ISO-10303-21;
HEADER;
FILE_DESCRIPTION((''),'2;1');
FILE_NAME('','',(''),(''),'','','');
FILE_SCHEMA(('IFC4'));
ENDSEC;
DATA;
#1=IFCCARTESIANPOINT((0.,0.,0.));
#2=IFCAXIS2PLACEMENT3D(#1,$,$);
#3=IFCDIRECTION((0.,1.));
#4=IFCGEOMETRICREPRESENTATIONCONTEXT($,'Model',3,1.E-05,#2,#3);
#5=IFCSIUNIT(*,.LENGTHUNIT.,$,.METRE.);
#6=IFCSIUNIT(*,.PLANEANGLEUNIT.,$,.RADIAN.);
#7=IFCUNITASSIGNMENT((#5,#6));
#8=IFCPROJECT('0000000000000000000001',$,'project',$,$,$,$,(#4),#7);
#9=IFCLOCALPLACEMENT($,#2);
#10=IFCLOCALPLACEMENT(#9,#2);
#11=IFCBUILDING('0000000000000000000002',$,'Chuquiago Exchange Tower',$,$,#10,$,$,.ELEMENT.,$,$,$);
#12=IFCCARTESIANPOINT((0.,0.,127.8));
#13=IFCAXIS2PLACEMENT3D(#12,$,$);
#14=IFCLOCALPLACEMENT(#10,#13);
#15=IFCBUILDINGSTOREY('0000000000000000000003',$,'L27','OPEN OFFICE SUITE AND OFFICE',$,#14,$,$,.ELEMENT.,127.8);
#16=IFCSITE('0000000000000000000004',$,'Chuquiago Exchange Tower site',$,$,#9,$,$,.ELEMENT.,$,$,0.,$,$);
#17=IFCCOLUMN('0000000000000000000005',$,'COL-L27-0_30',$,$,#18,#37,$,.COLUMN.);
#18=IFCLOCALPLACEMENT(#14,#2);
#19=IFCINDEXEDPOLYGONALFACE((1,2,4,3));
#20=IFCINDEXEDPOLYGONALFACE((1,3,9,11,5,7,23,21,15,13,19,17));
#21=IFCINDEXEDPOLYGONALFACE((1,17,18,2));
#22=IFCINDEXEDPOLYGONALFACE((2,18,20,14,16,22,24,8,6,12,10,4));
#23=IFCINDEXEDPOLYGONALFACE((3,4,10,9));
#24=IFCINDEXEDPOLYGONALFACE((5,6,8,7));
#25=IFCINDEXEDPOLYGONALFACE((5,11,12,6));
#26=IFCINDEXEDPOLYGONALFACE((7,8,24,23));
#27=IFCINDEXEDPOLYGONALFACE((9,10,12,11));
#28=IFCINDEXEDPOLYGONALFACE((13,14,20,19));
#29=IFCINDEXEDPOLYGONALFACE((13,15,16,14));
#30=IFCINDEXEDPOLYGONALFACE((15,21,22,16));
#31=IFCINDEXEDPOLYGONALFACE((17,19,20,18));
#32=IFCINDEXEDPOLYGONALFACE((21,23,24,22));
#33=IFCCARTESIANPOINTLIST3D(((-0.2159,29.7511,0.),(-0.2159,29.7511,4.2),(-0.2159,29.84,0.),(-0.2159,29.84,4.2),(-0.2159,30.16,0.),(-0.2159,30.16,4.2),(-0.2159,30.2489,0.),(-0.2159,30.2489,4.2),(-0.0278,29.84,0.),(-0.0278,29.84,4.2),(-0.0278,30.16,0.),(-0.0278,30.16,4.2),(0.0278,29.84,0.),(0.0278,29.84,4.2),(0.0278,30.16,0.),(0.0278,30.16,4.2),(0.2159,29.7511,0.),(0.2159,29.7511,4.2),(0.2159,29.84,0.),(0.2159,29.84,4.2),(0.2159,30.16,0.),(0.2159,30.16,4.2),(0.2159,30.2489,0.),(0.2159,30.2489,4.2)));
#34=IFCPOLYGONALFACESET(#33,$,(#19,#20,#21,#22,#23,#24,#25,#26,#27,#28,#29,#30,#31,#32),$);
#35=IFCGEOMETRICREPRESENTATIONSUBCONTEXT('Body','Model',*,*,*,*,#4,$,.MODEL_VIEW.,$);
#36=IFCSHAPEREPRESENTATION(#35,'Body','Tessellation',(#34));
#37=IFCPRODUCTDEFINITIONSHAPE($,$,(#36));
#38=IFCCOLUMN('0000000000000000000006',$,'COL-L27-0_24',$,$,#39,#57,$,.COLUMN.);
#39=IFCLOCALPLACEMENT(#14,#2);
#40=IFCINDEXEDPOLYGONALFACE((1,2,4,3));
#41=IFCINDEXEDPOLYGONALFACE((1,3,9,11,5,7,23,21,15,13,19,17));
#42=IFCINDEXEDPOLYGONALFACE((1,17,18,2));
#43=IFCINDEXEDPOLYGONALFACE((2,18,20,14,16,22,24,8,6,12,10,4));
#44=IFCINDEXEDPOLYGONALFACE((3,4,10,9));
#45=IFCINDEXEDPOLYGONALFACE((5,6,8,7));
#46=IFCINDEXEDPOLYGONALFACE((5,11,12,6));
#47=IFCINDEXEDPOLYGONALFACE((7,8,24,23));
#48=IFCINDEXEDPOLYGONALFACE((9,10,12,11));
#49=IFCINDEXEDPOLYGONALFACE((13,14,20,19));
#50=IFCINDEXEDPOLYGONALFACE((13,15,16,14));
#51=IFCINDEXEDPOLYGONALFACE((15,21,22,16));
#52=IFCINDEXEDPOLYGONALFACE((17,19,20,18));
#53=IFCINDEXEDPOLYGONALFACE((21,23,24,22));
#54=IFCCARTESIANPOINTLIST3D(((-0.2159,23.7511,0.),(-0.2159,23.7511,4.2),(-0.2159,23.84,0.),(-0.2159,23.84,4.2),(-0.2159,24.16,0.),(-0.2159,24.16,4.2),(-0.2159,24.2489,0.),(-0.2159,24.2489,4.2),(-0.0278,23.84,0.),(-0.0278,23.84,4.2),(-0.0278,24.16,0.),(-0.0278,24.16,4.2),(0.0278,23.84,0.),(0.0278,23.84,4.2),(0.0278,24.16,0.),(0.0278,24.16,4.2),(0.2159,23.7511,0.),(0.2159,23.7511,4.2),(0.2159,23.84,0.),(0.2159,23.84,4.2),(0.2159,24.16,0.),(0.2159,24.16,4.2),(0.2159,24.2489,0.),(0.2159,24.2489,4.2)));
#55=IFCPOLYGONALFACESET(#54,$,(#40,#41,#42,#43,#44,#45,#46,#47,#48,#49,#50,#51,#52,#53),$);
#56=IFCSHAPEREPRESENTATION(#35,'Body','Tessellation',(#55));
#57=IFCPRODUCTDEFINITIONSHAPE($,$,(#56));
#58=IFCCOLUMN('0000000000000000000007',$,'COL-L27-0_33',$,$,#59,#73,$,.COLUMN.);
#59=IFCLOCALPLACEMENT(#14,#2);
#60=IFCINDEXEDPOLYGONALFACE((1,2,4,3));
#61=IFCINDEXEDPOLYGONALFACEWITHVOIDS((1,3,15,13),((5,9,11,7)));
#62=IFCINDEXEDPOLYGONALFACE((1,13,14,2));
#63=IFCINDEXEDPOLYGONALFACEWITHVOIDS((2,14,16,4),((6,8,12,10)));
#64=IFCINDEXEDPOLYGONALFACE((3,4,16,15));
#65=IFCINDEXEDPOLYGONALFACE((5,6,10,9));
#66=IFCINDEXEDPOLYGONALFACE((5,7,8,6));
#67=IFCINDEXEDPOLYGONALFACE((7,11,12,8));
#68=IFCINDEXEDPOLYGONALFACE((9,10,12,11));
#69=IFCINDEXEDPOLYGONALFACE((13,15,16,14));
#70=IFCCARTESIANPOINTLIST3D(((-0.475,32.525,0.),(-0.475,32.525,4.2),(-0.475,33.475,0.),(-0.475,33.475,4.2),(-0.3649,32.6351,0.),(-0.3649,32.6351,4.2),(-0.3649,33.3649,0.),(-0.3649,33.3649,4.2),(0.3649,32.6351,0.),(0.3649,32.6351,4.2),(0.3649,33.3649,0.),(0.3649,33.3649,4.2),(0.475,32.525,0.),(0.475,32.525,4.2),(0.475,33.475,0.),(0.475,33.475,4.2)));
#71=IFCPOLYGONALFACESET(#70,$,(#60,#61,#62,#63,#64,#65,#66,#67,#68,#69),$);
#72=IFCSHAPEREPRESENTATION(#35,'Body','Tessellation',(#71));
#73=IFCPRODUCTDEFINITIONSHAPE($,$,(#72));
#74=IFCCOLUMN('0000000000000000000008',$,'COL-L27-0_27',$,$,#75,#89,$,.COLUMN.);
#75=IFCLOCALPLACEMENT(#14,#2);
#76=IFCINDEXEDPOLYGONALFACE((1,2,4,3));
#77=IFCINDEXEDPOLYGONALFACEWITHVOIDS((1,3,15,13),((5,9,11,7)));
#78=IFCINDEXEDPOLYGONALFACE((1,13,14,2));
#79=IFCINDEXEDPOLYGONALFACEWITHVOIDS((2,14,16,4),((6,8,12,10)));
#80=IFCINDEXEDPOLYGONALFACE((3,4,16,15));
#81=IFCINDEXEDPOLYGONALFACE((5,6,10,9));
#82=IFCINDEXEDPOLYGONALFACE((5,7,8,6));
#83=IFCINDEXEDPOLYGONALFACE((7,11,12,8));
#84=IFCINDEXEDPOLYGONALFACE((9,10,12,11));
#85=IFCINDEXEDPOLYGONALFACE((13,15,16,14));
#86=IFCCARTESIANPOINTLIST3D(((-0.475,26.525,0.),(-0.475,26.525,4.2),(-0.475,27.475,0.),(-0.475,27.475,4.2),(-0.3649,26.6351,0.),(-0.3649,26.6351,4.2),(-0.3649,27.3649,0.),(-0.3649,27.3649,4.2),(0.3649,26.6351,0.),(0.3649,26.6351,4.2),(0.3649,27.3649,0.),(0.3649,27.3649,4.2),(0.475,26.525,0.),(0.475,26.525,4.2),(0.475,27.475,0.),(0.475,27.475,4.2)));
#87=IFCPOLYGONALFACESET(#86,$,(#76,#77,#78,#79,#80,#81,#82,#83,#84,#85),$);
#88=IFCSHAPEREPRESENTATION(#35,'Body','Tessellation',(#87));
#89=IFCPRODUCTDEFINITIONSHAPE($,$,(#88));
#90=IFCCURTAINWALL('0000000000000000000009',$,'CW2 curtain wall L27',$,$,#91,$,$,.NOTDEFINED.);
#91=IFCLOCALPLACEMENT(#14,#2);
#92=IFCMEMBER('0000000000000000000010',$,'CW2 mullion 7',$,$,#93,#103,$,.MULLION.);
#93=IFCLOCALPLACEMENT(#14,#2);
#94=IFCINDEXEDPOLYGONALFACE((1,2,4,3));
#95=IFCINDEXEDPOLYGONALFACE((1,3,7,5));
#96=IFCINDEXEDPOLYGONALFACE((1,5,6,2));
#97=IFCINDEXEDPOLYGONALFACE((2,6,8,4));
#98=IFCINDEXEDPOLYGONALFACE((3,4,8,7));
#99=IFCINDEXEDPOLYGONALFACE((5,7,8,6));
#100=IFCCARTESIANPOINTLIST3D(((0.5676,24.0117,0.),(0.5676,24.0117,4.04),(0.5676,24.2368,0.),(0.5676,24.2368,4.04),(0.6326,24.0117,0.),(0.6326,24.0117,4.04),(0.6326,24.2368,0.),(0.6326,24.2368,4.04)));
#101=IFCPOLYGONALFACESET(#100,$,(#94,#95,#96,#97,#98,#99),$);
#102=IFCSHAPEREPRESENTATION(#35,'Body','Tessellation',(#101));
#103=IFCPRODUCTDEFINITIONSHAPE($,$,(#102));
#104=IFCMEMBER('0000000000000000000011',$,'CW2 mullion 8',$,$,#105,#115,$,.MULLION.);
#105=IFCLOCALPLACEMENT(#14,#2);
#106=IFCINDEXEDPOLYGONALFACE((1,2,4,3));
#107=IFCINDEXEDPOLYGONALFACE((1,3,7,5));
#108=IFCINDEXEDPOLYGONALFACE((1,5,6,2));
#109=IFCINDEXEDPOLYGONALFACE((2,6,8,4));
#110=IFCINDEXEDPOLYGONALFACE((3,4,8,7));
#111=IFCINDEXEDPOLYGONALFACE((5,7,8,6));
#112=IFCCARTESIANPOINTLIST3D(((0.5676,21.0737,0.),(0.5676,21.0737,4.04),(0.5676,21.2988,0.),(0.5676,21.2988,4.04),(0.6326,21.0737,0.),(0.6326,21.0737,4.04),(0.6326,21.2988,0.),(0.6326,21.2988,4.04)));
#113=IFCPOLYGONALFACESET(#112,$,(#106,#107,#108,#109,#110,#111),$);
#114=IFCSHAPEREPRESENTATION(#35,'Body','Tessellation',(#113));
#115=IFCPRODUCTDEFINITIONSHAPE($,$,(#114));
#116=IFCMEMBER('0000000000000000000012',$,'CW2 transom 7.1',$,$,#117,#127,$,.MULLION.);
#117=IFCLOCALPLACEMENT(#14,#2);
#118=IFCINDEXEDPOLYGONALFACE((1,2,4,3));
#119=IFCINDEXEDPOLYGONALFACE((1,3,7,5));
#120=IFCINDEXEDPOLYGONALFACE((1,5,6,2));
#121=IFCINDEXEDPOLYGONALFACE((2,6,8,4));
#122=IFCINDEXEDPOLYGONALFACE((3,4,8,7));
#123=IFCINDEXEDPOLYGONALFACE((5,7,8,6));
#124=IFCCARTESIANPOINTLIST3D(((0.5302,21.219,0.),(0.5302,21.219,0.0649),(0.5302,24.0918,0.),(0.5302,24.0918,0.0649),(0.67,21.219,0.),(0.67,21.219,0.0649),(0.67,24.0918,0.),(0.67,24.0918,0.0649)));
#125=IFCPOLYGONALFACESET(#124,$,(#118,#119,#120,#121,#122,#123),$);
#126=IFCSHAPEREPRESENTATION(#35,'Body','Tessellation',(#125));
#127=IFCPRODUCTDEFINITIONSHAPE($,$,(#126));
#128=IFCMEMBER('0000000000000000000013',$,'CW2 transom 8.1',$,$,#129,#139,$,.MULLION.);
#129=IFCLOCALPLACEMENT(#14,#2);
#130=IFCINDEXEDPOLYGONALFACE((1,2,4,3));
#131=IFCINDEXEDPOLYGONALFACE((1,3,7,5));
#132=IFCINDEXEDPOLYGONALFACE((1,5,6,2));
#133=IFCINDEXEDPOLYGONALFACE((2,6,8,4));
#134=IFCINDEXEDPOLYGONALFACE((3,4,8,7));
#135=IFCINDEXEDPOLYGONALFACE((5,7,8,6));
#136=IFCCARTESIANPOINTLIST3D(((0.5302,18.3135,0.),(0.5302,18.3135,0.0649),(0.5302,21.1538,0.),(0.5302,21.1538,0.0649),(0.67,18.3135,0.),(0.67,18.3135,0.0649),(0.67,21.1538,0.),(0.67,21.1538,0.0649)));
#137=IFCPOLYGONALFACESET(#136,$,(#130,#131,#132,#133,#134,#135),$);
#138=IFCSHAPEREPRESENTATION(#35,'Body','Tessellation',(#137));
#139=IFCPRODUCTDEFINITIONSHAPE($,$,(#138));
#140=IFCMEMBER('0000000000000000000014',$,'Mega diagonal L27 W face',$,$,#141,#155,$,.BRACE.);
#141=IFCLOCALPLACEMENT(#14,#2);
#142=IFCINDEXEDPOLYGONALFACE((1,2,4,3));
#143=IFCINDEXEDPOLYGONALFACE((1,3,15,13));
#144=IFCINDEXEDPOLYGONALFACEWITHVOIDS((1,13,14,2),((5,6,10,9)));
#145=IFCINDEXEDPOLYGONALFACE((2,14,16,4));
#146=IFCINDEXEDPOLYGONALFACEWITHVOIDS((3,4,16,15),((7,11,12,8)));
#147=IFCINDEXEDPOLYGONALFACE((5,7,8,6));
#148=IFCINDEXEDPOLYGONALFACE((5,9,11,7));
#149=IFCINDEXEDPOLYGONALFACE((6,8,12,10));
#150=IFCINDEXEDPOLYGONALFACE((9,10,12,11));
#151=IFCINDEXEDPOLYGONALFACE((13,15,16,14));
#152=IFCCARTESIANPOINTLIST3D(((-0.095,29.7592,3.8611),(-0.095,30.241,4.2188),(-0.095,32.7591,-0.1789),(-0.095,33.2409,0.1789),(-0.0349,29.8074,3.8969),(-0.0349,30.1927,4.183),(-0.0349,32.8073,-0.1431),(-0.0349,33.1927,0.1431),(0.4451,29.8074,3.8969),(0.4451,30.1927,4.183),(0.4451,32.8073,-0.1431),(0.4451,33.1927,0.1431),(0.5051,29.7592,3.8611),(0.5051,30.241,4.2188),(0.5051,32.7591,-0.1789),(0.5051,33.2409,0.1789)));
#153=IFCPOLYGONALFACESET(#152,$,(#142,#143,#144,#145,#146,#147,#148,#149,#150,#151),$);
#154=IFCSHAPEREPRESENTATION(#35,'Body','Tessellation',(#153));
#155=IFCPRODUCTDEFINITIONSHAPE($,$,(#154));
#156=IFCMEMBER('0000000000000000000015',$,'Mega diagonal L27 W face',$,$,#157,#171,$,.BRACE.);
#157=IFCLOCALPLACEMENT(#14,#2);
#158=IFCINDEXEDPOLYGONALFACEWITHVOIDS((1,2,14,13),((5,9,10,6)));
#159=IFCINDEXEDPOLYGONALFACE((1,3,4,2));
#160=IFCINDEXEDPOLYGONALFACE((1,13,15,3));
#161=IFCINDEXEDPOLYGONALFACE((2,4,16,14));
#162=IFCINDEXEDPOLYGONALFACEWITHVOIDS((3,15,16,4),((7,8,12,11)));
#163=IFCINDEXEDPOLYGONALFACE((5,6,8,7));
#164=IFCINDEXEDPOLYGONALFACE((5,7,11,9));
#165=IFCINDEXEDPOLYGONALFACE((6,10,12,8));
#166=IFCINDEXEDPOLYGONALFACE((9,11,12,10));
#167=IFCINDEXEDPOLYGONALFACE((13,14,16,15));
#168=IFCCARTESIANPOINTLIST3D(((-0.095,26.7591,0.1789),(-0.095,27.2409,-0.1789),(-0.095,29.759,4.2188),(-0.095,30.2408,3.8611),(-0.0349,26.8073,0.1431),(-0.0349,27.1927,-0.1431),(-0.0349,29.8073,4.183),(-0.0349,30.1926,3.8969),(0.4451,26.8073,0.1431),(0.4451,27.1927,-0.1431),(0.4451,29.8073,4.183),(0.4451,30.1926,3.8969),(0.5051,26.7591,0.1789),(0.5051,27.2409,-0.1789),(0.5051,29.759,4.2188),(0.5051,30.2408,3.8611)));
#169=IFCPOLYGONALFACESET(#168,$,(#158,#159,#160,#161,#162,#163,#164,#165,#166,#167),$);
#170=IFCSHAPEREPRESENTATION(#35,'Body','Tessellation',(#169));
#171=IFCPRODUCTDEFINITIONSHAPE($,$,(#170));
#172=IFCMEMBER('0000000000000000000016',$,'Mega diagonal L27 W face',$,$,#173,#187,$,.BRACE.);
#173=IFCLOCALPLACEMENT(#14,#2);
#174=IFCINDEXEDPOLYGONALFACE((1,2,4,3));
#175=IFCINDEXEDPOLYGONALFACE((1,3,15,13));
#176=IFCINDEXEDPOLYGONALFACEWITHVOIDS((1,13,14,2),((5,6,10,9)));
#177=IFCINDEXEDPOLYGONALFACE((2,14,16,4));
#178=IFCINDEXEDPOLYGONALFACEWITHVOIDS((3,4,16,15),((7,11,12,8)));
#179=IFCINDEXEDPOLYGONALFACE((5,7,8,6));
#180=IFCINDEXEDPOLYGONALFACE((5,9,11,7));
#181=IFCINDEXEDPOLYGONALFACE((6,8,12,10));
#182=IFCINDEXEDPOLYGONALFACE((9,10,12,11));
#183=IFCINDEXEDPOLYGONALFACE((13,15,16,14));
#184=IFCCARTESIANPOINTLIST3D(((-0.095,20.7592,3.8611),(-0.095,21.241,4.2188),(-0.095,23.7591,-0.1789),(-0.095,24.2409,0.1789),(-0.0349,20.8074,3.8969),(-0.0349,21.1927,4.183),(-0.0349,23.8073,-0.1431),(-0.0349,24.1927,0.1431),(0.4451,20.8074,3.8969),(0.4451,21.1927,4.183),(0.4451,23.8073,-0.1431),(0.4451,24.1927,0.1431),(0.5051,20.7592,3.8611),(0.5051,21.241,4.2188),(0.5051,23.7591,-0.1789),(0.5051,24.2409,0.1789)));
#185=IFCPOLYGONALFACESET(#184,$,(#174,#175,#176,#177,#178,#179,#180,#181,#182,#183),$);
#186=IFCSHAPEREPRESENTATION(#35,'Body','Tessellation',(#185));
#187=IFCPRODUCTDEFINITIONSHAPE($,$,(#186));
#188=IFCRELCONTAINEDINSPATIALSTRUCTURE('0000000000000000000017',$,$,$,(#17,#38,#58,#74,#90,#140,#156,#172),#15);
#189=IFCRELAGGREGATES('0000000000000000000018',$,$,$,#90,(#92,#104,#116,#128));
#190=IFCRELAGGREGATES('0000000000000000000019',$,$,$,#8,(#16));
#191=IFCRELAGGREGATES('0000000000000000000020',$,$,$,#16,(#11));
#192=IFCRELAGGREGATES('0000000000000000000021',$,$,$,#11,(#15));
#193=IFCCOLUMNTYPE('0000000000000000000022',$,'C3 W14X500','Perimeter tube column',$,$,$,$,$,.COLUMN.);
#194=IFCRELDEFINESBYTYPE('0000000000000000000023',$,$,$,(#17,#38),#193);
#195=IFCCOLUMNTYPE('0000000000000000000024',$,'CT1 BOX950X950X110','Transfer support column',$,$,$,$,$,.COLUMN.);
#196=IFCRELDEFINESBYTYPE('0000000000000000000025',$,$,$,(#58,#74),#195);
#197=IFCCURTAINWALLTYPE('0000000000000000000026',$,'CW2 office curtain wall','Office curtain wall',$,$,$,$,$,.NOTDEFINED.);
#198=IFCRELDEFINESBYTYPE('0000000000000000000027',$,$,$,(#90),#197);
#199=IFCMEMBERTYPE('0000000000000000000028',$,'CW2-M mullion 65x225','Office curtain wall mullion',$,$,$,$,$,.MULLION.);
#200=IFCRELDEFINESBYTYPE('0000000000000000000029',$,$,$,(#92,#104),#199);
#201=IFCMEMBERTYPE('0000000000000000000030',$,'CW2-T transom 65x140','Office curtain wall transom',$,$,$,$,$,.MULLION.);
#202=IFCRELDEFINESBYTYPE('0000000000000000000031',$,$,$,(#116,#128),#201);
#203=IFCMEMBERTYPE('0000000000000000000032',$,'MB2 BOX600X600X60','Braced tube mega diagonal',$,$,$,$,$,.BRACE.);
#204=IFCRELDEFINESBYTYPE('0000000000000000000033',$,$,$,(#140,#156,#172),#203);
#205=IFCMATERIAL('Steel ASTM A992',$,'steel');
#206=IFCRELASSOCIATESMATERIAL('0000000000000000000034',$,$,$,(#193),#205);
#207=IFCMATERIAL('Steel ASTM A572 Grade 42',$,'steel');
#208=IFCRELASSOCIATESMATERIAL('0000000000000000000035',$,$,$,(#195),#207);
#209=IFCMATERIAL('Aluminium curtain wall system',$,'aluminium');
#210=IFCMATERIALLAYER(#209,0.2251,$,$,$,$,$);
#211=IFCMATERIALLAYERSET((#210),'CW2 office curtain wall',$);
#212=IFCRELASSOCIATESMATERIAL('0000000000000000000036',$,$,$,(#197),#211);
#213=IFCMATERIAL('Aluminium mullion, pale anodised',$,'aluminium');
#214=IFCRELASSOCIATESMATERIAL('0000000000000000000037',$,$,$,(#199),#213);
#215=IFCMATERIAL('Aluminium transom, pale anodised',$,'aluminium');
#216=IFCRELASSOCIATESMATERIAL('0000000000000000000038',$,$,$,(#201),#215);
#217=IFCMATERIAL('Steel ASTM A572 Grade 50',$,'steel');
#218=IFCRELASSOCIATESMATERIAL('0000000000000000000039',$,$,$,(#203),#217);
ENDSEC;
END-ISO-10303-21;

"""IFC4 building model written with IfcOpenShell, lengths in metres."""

from ifc_helpers import new_model, si_unit, direction, frame, origin, origin_2d, place, context, subcontext, project, spatial, rectangle, hollow_rectangle, i_section, extrude, material, layer, layer_set, material_profile, profile_set, type_object, element, aggregate, save


model = new_model("IFC4")

# Units and contexts
model_context = context("Model", 3, precision=1e-05, world=origin(), true_north=direction((0.0, 1.0)))
body_context = subcontext(model_context, "Body", "Model", "MODEL_VIEW")
ifc_project = project(units=[si_unit("LENGTHUNIT", "METRE"), si_unit("PLANEANGLEUNIT", "RADIAN")], contexts=[model_context])

# Site, building, storey
site_placement = place(None, origin())
site = spatial("IfcSite", under=ifc_project, at=site_placement, Name="Chuquiago Exchange Tower site", CompositionType="ELEMENT", RefElevation=0.0)
building_placement = place(site_placement, origin())
building = spatial("IfcBuilding", under=site, at=building_placement, Name="Chuquiago Exchange Tower", CompositionType="ELEMENT")
storey_placement = place(building_placement, frame((0.0, 0.0, 127.8)))
storey = spatial("IfcBuildingStorey", under=building, at=storey_placement, Name="L27", Description="OPEN OFFICE SUITE AND OFFICE", CompositionType="ELEMENT", Elevation=127.8)

# Columns
ifc_material_1 = material(Name="Steel ASTM A992", Category="steel")
ifc_material_profile_1 = material_profile(ifc_material_1, i_section(OverallWidth=0.4319, OverallDepth=0.4978, WebThickness=0.0557, FlangeThickness=0.0889, at=origin_2d()), Name="W14X500")
ifc_profile_set_1 = profile_set([ifc_material_profile_1], Name="Steel ASTM A992")
column_type_1 = type_object("IfcColumnType", Name="C3 W14X500", Description="Perimeter tube column", PredefinedType="COLUMN", material=ifc_profile_set_1)
for number, where, z_axis, x_axis, name in (
    (1, (0.0, 30.0, 0.0), (0.0, 0.0, 1.0), (-1.0, 0.0, 0.0), "COL-L27-0_30"),
    (2, (0.0, 24.0, 0.0), (0.0, 0.0, 1.0), (-1.0, 0.0, 0.0), "COL-L27-0_24"),
):
    element("IfcColumn", number, at=place(storey_placement, frame(where, z_axis=z_axis, x_axis=x_axis)), inside=storey, type_object=column_type_1, Name=name, PredefinedType="COLUMN", context=body_context, shape_type="SweptSolid", body=[
        extrude(i_section(OverallWidth=0.4319, OverallDepth=0.4978, WebThickness=0.0557, FlangeThickness=0.0889, at=origin_2d()), origin(), (0.0, 0.0, 1.0), 4.2),
    ])
ifc_material_2 = material(Name="Steel ASTM A572 Grade 42", Category="steel")
ifc_material_profile_2 = material_profile(ifc_material_2, hollow_rectangle(XDim=0.95, YDim=0.95, WallThickness=0.1101, at=origin_2d()), Name="BOX950X950X110")
ifc_profile_set_2 = profile_set([ifc_material_profile_2], Name="Steel ASTM A572 Grade 42")
column_type_2 = type_object("IfcColumnType", Name="CT1 BOX950X950X110", Description="Transfer support column", PredefinedType="COLUMN", material=ifc_profile_set_2)
for number, where, z_axis, x_axis, name in (
    (3, (0.0, 33.0, 0.0), (0.0, 0.0, 1.0), (-1.0, 0.0, 0.0), "COL-L27-0_33"),
    (4, (0.0, 27.0, 0.0), (0.0, 0.0, 1.0), (-1.0, 0.0, 0.0), "COL-L27-0_27"),
):
    element("IfcColumn", number, at=place(storey_placement, frame(where, z_axis=z_axis, x_axis=x_axis)), inside=storey, type_object=column_type_2, Name=name, PredefinedType="COLUMN", context=body_context, shape_type="SweptSolid", body=[
        extrude(hollow_rectangle(XDim=0.95, YDim=0.95, WallThickness=0.1101, at=origin_2d()), origin(), (0.0, 0.0, 1.0), 4.2),
    ])

# Curtain wall, members
ifc_material_3 = material(Name="Aluminium curtain wall system", Category="aluminium")
ifc_layer_1 = layer(ifc_material_3, 0.2251)
ifc_layer_set_1 = layer_set([ifc_layer_1], Name="CW2 office curtain wall")
curtain_wall_type = type_object("IfcCurtainWallType", Name="CW2 office curtain wall", Description="Office curtain wall", PredefinedType="NOTDEFINED", material=ifc_layer_set_1)
curtain_wall_placement = place(storey_placement, origin())
curtain_wall = element("IfcCurtainWall", 5, at=curtain_wall_placement, inside=storey, type_object=curtain_wall_type, Name="CW2 curtain wall L27", PredefinedType="NOTDEFINED")
ifc_material_4 = material(Name="Aluminium mullion, pale anodised", Category="aluminium")
ifc_material_profile_3 = material_profile(ifc_material_4, rectangle(XDim=0.0649, YDim=0.2251, at=origin_2d()), Name="AL 65x225")
ifc_profile_set_3 = profile_set([ifc_material_profile_3], Name="Aluminium mullion, pale anodised")
member_type_1 = type_object("IfcMemberType", Name="CW2-M mullion 65x225", Description="Office curtain wall mullion", PredefinedType="MULLION", material=ifc_profile_set_3)
member_1_placement = place(storey_placement, frame((0.6001, 24.1243, 0.0), z_axis=(0.0, 0.0, 1.0), x_axis=(1.0, 0.0, 0.0)))
member_1 = element("IfcMember", 6, at=member_1_placement, type_object=member_type_1, Name="CW2 mullion 7", PredefinedType="MULLION", context=body_context, shape_type="SweptSolid", body=[
    extrude(rectangle(XDim=0.0649, YDim=0.2251, at=origin_2d()), origin(), (0.0, 0.0, 1.0), 4.04),
])
member_2_placement = place(storey_placement, frame((0.6001, 21.1863, 0.0), z_axis=(0.0, 0.0, 1.0), x_axis=(1.0, 0.0, 0.0)))
member_2 = element("IfcMember", 7, at=member_2_placement, type_object=member_type_1, Name="CW2 mullion 8", PredefinedType="MULLION", context=body_context, shape_type="SweptSolid", body=[
    extrude(rectangle(XDim=0.0649, YDim=0.2251, at=origin_2d()), origin(), (0.0, 0.0, 1.0), 4.04),
])
ifc_material_5 = material(Name="Aluminium transom, pale anodised", Category="aluminium")
ifc_material_profile_4 = material_profile(ifc_material_5, rectangle(XDim=0.1399, YDim=0.0649, at=origin_2d()), Name="AL 140x65")
ifc_profile_set_4 = profile_set([ifc_material_profile_4], Name="Aluminium transom, pale anodised")
member_type_2 = type_object("IfcMemberType", Name="CW2-T transom 65x140", Description="Office curtain wall transom", PredefinedType="MULLION", material=ifc_profile_set_4)
member_3_placement = place(storey_placement, frame((0.6001, 24.0918, 0.0325), z_axis=(0.0, -1.0, 0.0), x_axis=(1.0, 0.0, 0.0)))
member_3 = element("IfcMember", 8, at=member_3_placement, type_object=member_type_2, Name="CW2 transom 7.1", PredefinedType="MULLION", context=body_context, shape_type="SweptSolid", body=[
    extrude(rectangle(XDim=0.1399, YDim=0.0649, at=origin_2d()), origin(), (0.0, 0.0, 1.0), 2.8728),
])
member_4_placement = place(storey_placement, frame((0.6001, 21.1538, 0.0325), z_axis=(0.0, -1.0, 0.0), x_axis=(1.0, 0.0, 0.0)))
member_4 = element("IfcMember", 9, at=member_4_placement, type_object=member_type_2, Name="CW2 transom 8.1", PredefinedType="MULLION", context=body_context, shape_type="SweptSolid", body=[
    extrude(rectangle(XDim=0.1399, YDim=0.0649, at=origin_2d()), origin(), (0.0, 0.0, 1.0), 2.8403),
])

# Members
ifc_material_6 = material(Name="Steel ASTM A572 Grade 50", Category="steel")
ifc_material_profile_5 = material_profile(ifc_material_6, hollow_rectangle(XDim=0.6001, YDim=0.6001, WallThickness=0.0601, at=origin_2d()), Name="BOX600X600X60")
ifc_profile_set_5 = profile_set([ifc_material_profile_5], Name="Steel ASTM A572 Grade 50")
member_type_3 = type_object("IfcMemberType", Name="MB2 BOX600X600X60", Description="Braced tube mega diagonal", PredefinedType="BRACE", material=ifc_profile_set_5)
for number, where, z_axis, x_axis, name in (
    (10, (0.2051, 33.0, 0.0), (0.0, -0.596174, 0.802855), (1.0, 0.0, 0.0), "Mega diagonal L27 W face"),
    (11, (0.2051, 27.0, 0.0), (0.0, 0.596174, 0.802855), (-1.0, 0.0, 0.0), "Mega diagonal L27 W face"),
    (12, (0.2051, 24.0, 0.0), (0.0, -0.596174, 0.802855), (1.0, 0.0, 0.0), "Mega diagonal L27 W face"),
):
    element("IfcMember", number, at=place(storey_placement, frame(where, z_axis=z_axis, x_axis=x_axis)), inside=storey, type_object=member_type_3, Name=name, PredefinedType="BRACE", context=body_context, shape_type="SweptSolid", body=[
        extrude(hollow_rectangle(XDim=0.6001, YDim=0.6001, WallThickness=0.0601, at=origin_2d()), origin(), (0.0, 0.0, 1.0), 5.032),
    ])

aggregate(curtain_wall, [member_1, member_2, member_3, member_4])

save(model, "model.ifc")
